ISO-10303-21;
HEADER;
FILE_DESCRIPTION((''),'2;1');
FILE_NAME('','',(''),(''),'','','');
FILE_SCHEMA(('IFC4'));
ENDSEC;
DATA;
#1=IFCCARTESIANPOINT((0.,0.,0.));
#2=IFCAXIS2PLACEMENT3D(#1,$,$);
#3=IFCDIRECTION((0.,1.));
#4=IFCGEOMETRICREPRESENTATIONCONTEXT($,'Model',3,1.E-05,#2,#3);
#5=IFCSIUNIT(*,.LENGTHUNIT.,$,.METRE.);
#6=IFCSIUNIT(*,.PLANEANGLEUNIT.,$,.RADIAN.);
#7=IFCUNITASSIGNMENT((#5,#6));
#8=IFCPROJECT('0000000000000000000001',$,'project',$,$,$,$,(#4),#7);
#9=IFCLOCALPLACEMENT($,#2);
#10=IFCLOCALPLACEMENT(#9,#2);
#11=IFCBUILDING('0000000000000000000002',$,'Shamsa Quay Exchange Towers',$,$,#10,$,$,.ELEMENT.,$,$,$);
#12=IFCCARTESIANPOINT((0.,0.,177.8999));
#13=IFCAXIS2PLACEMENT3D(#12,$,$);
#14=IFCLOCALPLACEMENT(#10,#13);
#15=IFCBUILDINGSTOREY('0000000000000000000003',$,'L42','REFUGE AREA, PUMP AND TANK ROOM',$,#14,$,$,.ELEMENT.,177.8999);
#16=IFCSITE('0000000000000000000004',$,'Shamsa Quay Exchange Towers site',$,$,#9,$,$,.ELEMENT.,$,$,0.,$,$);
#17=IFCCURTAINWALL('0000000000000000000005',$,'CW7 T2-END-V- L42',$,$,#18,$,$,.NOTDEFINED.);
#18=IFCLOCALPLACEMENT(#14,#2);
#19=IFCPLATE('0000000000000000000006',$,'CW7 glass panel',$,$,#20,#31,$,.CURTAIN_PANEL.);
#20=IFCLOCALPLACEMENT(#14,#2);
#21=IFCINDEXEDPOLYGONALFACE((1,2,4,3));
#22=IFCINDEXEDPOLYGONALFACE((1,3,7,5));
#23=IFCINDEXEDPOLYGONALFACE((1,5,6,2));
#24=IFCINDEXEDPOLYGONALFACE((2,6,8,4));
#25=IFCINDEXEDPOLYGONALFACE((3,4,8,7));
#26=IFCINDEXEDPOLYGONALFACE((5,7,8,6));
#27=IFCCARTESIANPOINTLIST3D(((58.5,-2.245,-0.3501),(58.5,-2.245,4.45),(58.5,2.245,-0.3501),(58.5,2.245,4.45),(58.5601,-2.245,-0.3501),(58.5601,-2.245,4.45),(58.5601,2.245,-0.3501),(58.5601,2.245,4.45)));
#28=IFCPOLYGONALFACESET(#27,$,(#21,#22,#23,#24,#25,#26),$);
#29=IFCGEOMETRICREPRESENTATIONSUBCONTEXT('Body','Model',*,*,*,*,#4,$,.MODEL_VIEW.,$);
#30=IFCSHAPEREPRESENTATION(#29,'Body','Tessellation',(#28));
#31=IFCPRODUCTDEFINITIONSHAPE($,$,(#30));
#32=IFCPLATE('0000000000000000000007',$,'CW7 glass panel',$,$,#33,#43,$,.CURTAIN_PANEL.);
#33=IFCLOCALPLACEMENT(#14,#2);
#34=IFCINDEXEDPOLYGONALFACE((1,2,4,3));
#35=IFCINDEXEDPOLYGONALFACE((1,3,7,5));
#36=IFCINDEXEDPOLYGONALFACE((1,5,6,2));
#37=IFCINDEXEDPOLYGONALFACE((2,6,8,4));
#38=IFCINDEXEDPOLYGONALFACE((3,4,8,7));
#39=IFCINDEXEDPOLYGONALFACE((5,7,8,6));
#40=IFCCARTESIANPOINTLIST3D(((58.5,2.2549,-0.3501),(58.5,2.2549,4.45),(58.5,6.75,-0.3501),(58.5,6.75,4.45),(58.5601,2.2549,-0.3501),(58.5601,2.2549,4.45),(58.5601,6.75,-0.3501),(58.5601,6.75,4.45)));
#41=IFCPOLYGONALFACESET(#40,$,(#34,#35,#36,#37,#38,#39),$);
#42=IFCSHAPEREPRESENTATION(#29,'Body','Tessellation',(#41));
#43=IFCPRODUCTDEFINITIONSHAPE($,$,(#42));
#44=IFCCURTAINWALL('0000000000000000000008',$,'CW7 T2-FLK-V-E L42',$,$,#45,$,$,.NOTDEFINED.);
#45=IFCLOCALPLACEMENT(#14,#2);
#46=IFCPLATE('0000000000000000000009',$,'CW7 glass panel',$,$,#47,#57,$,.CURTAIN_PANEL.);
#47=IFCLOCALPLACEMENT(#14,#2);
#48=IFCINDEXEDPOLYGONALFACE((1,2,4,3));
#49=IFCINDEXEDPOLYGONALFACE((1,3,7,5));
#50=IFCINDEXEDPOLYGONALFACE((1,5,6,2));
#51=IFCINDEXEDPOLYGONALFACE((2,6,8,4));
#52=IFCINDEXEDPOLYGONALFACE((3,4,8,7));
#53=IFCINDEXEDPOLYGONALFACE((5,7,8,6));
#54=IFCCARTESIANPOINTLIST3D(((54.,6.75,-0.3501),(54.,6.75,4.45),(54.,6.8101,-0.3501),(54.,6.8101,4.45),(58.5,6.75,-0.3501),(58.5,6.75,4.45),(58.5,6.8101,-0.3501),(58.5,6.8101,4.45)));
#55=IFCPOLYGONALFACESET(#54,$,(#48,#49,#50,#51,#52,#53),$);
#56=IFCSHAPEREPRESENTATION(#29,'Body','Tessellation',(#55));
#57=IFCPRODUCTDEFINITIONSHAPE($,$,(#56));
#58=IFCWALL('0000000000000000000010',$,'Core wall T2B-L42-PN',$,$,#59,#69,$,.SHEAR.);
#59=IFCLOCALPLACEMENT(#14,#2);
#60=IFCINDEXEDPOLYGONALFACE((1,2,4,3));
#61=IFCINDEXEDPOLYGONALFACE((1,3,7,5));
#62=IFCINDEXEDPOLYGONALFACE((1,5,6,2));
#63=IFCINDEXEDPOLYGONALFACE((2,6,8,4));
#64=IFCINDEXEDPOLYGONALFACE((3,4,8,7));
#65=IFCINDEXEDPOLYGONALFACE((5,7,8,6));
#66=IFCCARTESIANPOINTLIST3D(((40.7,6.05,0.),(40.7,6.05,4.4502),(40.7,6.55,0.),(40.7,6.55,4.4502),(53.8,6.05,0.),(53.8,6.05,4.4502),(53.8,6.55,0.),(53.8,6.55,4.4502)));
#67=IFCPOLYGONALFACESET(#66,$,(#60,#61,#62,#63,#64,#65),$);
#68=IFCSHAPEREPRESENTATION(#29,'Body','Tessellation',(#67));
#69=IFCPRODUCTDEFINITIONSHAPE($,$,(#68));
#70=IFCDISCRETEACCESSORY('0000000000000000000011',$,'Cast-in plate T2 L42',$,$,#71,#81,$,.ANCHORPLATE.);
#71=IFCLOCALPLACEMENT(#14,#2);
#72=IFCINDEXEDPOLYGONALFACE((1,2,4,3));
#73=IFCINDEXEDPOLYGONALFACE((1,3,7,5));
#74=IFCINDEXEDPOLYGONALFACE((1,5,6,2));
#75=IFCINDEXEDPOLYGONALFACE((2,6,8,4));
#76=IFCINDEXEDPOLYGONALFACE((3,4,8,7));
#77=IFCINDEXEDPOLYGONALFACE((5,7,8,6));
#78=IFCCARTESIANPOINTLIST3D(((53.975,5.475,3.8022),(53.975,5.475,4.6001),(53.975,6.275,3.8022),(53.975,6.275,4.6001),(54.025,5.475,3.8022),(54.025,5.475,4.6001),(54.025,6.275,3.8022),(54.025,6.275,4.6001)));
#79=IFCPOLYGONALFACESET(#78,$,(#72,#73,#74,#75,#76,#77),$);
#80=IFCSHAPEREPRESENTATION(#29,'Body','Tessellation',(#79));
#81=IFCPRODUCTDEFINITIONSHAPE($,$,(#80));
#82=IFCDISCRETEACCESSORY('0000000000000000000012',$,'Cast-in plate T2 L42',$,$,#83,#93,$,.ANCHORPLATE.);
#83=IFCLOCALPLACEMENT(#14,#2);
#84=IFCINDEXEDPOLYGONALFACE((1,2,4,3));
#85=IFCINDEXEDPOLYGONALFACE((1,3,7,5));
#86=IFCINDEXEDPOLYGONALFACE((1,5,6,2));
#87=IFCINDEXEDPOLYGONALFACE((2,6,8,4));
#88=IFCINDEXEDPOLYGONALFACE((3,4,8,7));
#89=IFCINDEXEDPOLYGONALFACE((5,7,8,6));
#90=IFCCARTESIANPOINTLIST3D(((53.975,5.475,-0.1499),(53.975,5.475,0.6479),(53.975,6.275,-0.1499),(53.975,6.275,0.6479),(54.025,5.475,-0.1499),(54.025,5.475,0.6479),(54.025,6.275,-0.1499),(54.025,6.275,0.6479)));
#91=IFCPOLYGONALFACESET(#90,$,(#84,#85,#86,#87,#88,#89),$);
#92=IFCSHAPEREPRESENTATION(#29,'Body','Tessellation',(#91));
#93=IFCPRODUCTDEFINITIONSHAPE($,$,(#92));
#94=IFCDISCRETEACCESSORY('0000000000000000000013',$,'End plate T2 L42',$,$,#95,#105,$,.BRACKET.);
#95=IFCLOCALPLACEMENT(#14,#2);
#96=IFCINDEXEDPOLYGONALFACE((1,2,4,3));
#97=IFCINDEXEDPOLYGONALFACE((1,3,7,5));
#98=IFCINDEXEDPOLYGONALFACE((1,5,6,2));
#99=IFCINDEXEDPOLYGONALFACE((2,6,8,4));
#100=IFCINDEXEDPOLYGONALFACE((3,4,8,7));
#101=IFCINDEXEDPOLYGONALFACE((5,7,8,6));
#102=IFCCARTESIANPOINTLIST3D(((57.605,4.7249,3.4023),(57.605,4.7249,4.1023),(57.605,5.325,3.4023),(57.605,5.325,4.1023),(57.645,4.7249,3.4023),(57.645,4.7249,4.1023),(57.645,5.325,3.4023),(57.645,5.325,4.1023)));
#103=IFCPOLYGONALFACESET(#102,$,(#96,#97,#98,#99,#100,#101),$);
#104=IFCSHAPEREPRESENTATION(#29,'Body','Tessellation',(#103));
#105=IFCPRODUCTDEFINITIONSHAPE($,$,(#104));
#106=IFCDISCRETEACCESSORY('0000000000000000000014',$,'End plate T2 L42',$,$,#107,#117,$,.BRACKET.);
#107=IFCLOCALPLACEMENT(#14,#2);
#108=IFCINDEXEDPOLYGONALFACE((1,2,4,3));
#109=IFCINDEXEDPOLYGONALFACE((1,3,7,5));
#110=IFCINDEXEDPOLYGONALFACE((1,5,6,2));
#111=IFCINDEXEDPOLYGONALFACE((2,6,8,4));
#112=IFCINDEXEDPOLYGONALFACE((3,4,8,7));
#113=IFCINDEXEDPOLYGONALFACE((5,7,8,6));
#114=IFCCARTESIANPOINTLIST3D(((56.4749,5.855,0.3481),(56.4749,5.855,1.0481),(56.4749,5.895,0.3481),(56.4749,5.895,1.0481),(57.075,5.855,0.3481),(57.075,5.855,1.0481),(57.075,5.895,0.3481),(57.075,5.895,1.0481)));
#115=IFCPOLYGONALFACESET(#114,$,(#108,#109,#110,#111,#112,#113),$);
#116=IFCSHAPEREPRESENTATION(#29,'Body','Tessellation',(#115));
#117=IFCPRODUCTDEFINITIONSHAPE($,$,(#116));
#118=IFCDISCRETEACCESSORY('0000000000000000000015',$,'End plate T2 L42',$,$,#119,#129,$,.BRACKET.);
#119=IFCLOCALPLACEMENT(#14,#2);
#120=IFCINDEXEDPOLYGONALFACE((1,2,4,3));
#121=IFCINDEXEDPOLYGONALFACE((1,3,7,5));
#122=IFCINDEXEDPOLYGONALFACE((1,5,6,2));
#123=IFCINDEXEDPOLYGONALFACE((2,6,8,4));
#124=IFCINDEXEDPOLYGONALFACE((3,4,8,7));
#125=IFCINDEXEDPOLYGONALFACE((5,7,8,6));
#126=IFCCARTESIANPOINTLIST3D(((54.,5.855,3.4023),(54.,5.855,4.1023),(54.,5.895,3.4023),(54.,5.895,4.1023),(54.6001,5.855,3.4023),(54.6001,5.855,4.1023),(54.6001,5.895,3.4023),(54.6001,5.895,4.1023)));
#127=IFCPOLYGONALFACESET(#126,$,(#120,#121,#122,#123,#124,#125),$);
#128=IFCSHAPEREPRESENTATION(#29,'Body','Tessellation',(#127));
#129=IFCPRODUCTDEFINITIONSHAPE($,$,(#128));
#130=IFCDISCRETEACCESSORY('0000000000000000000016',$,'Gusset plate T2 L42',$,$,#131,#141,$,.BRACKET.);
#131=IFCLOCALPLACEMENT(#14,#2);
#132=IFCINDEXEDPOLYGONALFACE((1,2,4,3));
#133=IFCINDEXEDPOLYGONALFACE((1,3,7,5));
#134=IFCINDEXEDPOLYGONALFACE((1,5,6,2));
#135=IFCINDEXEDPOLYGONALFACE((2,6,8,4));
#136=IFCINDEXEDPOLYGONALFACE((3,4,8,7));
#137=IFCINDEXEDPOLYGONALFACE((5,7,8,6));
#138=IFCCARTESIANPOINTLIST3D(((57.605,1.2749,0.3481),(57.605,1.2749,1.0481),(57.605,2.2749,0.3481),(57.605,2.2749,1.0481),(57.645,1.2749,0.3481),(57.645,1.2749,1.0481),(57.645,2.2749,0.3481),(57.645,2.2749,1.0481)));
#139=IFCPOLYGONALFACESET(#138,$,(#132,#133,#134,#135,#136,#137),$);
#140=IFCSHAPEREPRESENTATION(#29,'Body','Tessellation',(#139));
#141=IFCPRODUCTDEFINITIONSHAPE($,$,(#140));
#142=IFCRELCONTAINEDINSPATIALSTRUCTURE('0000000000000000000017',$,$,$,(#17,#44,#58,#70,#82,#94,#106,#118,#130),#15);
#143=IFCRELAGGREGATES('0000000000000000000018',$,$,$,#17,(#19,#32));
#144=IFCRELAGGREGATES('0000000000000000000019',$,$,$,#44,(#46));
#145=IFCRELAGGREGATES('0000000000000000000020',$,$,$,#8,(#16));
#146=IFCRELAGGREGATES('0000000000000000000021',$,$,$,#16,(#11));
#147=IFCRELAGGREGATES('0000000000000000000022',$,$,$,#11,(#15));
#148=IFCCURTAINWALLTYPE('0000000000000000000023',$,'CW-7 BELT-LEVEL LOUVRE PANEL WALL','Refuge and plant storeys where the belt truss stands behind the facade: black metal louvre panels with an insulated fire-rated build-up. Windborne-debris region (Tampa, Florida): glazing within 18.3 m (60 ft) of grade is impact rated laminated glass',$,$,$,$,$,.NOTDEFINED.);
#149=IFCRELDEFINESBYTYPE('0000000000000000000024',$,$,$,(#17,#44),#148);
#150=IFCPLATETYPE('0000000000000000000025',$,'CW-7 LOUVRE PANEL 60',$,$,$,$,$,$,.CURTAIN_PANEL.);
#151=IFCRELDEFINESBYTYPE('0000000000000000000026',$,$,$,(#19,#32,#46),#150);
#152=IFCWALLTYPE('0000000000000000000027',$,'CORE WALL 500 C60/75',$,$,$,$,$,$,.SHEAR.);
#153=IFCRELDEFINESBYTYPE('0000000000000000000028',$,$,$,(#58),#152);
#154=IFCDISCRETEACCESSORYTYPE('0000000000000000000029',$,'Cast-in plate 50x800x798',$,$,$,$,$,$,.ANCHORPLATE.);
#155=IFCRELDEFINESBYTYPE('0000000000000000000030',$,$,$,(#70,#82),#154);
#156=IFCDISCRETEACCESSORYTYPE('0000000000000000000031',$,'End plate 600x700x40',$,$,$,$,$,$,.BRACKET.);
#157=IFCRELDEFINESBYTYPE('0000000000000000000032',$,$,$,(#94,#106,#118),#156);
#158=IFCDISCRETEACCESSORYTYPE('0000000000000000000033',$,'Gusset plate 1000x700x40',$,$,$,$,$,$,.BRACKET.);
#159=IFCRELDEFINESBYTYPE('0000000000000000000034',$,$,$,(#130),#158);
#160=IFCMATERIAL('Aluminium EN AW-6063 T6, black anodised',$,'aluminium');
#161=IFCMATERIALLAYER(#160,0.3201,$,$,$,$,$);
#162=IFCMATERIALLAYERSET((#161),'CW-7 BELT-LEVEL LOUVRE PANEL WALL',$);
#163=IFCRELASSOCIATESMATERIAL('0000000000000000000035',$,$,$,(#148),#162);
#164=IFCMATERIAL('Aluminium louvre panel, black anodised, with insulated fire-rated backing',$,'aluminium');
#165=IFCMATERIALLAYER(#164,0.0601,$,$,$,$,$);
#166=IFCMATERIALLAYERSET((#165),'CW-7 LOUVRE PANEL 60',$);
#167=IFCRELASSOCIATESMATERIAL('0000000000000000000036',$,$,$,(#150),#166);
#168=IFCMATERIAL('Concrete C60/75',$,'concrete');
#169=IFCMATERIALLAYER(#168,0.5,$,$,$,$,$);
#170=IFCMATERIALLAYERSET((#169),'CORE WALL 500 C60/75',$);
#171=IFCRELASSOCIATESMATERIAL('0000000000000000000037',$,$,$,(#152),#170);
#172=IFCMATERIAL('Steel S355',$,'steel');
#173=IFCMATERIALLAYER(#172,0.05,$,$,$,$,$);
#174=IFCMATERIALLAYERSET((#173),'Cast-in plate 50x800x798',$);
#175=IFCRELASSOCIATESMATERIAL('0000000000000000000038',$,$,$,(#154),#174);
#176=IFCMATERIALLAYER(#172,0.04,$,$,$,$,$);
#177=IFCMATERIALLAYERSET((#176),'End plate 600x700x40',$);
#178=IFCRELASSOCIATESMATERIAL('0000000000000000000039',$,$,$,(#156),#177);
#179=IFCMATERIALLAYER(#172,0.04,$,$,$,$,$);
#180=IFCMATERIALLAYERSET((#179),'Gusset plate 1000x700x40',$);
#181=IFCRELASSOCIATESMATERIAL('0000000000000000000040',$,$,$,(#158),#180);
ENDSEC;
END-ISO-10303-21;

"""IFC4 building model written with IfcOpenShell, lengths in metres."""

from ifc_helpers import new_model, si_unit, direction, frame, frame_2d, origin, origin_2d, place, context, subcontext, project, spatial, rectangle, extrude, material, layer, layer_set, type_object, element, aggregate, save


model = new_model("IFC4")

# Units and contexts
model_context = context("Model", 3, precision=1e-05, world=origin(), true_north=direction((0.0, 1.0)))
body_context = subcontext(model_context, "Body", "Model", "MODEL_VIEW")
ifc_project = project(units=[si_unit("LENGTHUNIT", "METRE"), si_unit("PLANEANGLEUNIT", "RADIAN")], contexts=[model_context])

# Site, building, storey
site_placement = place(None, origin())
site = spatial("IfcSite", under=ifc_project, at=site_placement, Name="Shamsa Quay Exchange Towers site", CompositionType="ELEMENT", RefElevation=0.0)
building_placement = place(site_placement, origin())
building = spatial("IfcBuilding", under=site, at=building_placement, Name="Shamsa Quay Exchange Towers", CompositionType="ELEMENT")
storey_placement = place(building_placement, frame((0.0, 0.0, 177.8999)))
storey = spatial("IfcBuildingStorey", under=building, at=storey_placement, Name="L42", Description="REFUGE AREA, PUMP AND TANK ROOM", CompositionType="ELEMENT", Elevation=177.8999)

# Shared definitions
ifc_material_1 = material(Name="Steel S355", Category="steel")

# Curtain wall, plates
ifc_material_2 = material(Name="Aluminium EN AW-6063 T6, black anodised", Category="aluminium")
ifc_layer_1 = layer(ifc_material_2, 0.3201)
ifc_layer_set_1 = layer_set([ifc_layer_1], Name="CW-7 BELT-LEVEL LOUVRE PANEL WALL")
curtain_wall_type = type_object("IfcCurtainWallType", Name="CW-7 BELT-LEVEL LOUVRE PANEL WALL", Description="Refuge and plant storeys where the belt truss stands behind the facade: black metal louvre panels with an insulated fire-rated build-up. Windborne-debris region (Tampa, Florida): glazing within 18.3 m (60 ft) of grade is impact rated laminated glass", PredefinedType="NOTDEFINED", material=ifc_layer_set_1)
curtain_wall_1_placement = place(storey_placement, origin())
curtain_wall_1 = element("IfcCurtainWall", 1, at=curtain_wall_1_placement, inside=storey, type_object=curtain_wall_type, Name="CW7 T2-END-V- L42", PredefinedType="NOTDEFINED")
ifc_material_3 = material(Name="Aluminium louvre panel, black anodised, with insulated fire-rated backing", Category="aluminium")
ifc_layer_2 = layer(ifc_material_3, 0.0601)
ifc_layer_set_2 = layer_set([ifc_layer_2], Name="CW-7 LOUVRE PANEL 60")
plate_type = type_object("IfcPlateType", Name="CW-7 LOUVRE PANEL 60", PredefinedType="CURTAIN_PANEL", material=ifc_layer_set_2)
plate_1_placement = place(storey_placement, frame((58.53, 0.0, -0.3501), z_axis=(0.0, 0.0, 1.0), x_axis=(0.0, 1.0, 0.0)))
plate_1 = element("IfcPlate", 2, at=plate_1_placement, type_object=plate_type, Name="CW7 glass panel", PredefinedType="CURTAIN_PANEL", context=body_context, shape_type="SweptSolid", body=[
    extrude(rectangle(XDim=4.49, YDim=0.0601, at=origin_2d()), origin(), (0.0, 0.0, 1.0), 4.8),
])
plate_2_placement = place(storey_placement, frame((58.53, 4.5024, -0.3501), z_axis=(0.0, 0.0, 1.0), x_axis=(0.0, 1.0, 0.0)))
plate_2 = element("IfcPlate", 3, at=plate_2_placement, type_object=plate_type, Name="CW7 glass panel", PredefinedType="CURTAIN_PANEL", context=body_context, shape_type="SweptSolid", body=[
    extrude(rectangle(XDim=4.4951, YDim=0.0601, at=origin_2d()), origin(), (0.0, 0.0, 1.0), 4.8),
])
aggregate(curtain_wall_1, [plate_1, plate_2])

# Curtain wall, plate
curtain_wall_2_placement = place(storey_placement, origin())
curtain_wall_2 = element("IfcCurtainWall", 4, at=curtain_wall_2_placement, inside=storey, type_object=curtain_wall_type, Name="CW7 T2-FLK-V-E L42", PredefinedType="NOTDEFINED")
plate_3_placement = place(storey_placement, frame((56.25, 6.78, -0.3501), z_axis=(0.0, 0.0, 1.0), x_axis=(-1.0, 0.0, 0.0)))
plate_3 = element("IfcPlate", 5, at=plate_3_placement, type_object=plate_type, Name="CW7 glass panel", PredefinedType="CURTAIN_PANEL", context=body_context, shape_type="SweptSolid", body=[
    extrude(rectangle(XDim=4.5, YDim=0.0601, at=origin_2d()), origin(), (0.0, 0.0, 1.0), 4.8),
])
aggregate(curtain_wall_2, [plate_3])

# Wall
ifc_material_4 = material(Name="Concrete C60/75", Category="concrete")
ifc_layer_3 = layer(ifc_material_4, 0.5)
ifc_layer_set_3 = layer_set([ifc_layer_3], Name="CORE WALL 500 C60/75")
wall_type = type_object("IfcWallType", Name="CORE WALL 500 C60/75", PredefinedType="SHEAR", material=ifc_layer_set_3)
wall_placement = place(storey_placement, frame((53.8, 6.3, 0.0), z_axis=(0.0, 0.0, 1.0), x_axis=(-1.0, 0.0, 0.0)))
element("IfcWall", 6, at=wall_placement, inside=storey, type_object=wall_type, Name="Core wall T2B-L42-PN", PredefinedType="SHEAR", context=body_context, shape_type="SweptSolid", body=[
    extrude(rectangle(XDim=13.1001, YDim=0.5, at=frame_2d((6.55, 0.0))), origin(), (0.0, 0.0, 1.0), 4.4502),
])

# Discrete accessories
ifc_layer_4 = layer(ifc_material_1, 0.05)
ifc_layer_set_4 = layer_set([ifc_layer_4], Name="Cast-in plate 50x800x798")
discrete_accessory_type_1 = type_object("IfcDiscreteAccessoryType", Name="Cast-in plate 50x800x798", PredefinedType="ANCHORPLATE", material=ifc_layer_set_4)
for number, where, z_axis, x_axis, name in (
    (7, (54.0, 5.875, 3.8022), (0.0, 0.0, 1.0), (-1.0, 0.0, 0.0), "Cast-in plate T2 L42"),
    (8, (54.0, 5.875, -0.1499), (0.0, 0.0, 1.0), (-1.0, 0.0, 0.0), "Cast-in plate T2 L42"),
):
    element("IfcDiscreteAccessory", number, at=place(storey_placement, frame(where, z_axis=z_axis, x_axis=x_axis)), inside=storey, type_object=discrete_accessory_type_1, Name=name, PredefinedType="ANCHORPLATE", context=body_context, shape_type="SweptSolid", body=[
        extrude(rectangle(XDim=0.05, YDim=0.8, at=origin_2d()), origin(), (0.0, 0.0, 1.0), 0.7979),
    ])
ifc_layer_5 = layer(ifc_material_1, 0.04)
ifc_layer_set_5 = layer_set([ifc_layer_5], Name="End plate 600x700x40")
discrete_accessory_type_2 = type_object("IfcDiscreteAccessoryType", Name="End plate 600x700x40", PredefinedType="BRACKET", material=ifc_layer_set_5)
for number, where, z_axis, x_axis, name in (
    (9, (57.625, 5.0249, 3.4023), (0.0, 0.0, 1.0), (0.0, 1.0, 0.0), "End plate T2 L42"),
    (10, (56.7749, 5.875, 0.3481), (0.0, 0.0, 1.0), (-1.0, 0.0, 0.0), "End plate T2 L42"),
    (11, (54.3, 5.875, 3.4023), (0.0, 0.0, 1.0), (-1.0, 0.0, 0.0), "End plate T2 L42"),
):
    element("IfcDiscreteAccessory", number, at=place(storey_placement, frame(where, z_axis=z_axis, x_axis=x_axis)), inside=storey, type_object=discrete_accessory_type_2, Name=name, PredefinedType="BRACKET", context=body_context, shape_type="SweptSolid", body=[
        extrude(rectangle(XDim=0.6001, YDim=0.04, at=origin_2d()), origin(), (0.0, 0.0, 1.0), 0.7),
    ])
ifc_layer_6 = layer(ifc_material_1, 0.04)
ifc_layer_set_6 = layer_set([ifc_layer_6], Name="Gusset plate 1000x700x40")
discrete_accessory_type_3 = type_object("IfcDiscreteAccessoryType", Name="Gusset plate 1000x700x40", PredefinedType="BRACKET", material=ifc_layer_set_6)
discrete_accessory_placement = place(storey_placement, frame((57.625, 1.7749, 0.3481), z_axis=(0.0, 0.0, 1.0), x_axis=(0.0, 1.0, 0.0)))
element("IfcDiscreteAccessory", 12, at=discrete_accessory_placement, inside=storey, type_object=discrete_accessory_type_3, Name="Gusset plate T2 L42", PredefinedType="BRACKET", context=body_context, shape_type="SweptSolid", body=[
    extrude(rectangle(XDim=1.0, YDim=0.04, at=origin_2d()), origin(), (0.0, 0.0, 1.0), 0.7),
])

save(model, "model.ifc")
